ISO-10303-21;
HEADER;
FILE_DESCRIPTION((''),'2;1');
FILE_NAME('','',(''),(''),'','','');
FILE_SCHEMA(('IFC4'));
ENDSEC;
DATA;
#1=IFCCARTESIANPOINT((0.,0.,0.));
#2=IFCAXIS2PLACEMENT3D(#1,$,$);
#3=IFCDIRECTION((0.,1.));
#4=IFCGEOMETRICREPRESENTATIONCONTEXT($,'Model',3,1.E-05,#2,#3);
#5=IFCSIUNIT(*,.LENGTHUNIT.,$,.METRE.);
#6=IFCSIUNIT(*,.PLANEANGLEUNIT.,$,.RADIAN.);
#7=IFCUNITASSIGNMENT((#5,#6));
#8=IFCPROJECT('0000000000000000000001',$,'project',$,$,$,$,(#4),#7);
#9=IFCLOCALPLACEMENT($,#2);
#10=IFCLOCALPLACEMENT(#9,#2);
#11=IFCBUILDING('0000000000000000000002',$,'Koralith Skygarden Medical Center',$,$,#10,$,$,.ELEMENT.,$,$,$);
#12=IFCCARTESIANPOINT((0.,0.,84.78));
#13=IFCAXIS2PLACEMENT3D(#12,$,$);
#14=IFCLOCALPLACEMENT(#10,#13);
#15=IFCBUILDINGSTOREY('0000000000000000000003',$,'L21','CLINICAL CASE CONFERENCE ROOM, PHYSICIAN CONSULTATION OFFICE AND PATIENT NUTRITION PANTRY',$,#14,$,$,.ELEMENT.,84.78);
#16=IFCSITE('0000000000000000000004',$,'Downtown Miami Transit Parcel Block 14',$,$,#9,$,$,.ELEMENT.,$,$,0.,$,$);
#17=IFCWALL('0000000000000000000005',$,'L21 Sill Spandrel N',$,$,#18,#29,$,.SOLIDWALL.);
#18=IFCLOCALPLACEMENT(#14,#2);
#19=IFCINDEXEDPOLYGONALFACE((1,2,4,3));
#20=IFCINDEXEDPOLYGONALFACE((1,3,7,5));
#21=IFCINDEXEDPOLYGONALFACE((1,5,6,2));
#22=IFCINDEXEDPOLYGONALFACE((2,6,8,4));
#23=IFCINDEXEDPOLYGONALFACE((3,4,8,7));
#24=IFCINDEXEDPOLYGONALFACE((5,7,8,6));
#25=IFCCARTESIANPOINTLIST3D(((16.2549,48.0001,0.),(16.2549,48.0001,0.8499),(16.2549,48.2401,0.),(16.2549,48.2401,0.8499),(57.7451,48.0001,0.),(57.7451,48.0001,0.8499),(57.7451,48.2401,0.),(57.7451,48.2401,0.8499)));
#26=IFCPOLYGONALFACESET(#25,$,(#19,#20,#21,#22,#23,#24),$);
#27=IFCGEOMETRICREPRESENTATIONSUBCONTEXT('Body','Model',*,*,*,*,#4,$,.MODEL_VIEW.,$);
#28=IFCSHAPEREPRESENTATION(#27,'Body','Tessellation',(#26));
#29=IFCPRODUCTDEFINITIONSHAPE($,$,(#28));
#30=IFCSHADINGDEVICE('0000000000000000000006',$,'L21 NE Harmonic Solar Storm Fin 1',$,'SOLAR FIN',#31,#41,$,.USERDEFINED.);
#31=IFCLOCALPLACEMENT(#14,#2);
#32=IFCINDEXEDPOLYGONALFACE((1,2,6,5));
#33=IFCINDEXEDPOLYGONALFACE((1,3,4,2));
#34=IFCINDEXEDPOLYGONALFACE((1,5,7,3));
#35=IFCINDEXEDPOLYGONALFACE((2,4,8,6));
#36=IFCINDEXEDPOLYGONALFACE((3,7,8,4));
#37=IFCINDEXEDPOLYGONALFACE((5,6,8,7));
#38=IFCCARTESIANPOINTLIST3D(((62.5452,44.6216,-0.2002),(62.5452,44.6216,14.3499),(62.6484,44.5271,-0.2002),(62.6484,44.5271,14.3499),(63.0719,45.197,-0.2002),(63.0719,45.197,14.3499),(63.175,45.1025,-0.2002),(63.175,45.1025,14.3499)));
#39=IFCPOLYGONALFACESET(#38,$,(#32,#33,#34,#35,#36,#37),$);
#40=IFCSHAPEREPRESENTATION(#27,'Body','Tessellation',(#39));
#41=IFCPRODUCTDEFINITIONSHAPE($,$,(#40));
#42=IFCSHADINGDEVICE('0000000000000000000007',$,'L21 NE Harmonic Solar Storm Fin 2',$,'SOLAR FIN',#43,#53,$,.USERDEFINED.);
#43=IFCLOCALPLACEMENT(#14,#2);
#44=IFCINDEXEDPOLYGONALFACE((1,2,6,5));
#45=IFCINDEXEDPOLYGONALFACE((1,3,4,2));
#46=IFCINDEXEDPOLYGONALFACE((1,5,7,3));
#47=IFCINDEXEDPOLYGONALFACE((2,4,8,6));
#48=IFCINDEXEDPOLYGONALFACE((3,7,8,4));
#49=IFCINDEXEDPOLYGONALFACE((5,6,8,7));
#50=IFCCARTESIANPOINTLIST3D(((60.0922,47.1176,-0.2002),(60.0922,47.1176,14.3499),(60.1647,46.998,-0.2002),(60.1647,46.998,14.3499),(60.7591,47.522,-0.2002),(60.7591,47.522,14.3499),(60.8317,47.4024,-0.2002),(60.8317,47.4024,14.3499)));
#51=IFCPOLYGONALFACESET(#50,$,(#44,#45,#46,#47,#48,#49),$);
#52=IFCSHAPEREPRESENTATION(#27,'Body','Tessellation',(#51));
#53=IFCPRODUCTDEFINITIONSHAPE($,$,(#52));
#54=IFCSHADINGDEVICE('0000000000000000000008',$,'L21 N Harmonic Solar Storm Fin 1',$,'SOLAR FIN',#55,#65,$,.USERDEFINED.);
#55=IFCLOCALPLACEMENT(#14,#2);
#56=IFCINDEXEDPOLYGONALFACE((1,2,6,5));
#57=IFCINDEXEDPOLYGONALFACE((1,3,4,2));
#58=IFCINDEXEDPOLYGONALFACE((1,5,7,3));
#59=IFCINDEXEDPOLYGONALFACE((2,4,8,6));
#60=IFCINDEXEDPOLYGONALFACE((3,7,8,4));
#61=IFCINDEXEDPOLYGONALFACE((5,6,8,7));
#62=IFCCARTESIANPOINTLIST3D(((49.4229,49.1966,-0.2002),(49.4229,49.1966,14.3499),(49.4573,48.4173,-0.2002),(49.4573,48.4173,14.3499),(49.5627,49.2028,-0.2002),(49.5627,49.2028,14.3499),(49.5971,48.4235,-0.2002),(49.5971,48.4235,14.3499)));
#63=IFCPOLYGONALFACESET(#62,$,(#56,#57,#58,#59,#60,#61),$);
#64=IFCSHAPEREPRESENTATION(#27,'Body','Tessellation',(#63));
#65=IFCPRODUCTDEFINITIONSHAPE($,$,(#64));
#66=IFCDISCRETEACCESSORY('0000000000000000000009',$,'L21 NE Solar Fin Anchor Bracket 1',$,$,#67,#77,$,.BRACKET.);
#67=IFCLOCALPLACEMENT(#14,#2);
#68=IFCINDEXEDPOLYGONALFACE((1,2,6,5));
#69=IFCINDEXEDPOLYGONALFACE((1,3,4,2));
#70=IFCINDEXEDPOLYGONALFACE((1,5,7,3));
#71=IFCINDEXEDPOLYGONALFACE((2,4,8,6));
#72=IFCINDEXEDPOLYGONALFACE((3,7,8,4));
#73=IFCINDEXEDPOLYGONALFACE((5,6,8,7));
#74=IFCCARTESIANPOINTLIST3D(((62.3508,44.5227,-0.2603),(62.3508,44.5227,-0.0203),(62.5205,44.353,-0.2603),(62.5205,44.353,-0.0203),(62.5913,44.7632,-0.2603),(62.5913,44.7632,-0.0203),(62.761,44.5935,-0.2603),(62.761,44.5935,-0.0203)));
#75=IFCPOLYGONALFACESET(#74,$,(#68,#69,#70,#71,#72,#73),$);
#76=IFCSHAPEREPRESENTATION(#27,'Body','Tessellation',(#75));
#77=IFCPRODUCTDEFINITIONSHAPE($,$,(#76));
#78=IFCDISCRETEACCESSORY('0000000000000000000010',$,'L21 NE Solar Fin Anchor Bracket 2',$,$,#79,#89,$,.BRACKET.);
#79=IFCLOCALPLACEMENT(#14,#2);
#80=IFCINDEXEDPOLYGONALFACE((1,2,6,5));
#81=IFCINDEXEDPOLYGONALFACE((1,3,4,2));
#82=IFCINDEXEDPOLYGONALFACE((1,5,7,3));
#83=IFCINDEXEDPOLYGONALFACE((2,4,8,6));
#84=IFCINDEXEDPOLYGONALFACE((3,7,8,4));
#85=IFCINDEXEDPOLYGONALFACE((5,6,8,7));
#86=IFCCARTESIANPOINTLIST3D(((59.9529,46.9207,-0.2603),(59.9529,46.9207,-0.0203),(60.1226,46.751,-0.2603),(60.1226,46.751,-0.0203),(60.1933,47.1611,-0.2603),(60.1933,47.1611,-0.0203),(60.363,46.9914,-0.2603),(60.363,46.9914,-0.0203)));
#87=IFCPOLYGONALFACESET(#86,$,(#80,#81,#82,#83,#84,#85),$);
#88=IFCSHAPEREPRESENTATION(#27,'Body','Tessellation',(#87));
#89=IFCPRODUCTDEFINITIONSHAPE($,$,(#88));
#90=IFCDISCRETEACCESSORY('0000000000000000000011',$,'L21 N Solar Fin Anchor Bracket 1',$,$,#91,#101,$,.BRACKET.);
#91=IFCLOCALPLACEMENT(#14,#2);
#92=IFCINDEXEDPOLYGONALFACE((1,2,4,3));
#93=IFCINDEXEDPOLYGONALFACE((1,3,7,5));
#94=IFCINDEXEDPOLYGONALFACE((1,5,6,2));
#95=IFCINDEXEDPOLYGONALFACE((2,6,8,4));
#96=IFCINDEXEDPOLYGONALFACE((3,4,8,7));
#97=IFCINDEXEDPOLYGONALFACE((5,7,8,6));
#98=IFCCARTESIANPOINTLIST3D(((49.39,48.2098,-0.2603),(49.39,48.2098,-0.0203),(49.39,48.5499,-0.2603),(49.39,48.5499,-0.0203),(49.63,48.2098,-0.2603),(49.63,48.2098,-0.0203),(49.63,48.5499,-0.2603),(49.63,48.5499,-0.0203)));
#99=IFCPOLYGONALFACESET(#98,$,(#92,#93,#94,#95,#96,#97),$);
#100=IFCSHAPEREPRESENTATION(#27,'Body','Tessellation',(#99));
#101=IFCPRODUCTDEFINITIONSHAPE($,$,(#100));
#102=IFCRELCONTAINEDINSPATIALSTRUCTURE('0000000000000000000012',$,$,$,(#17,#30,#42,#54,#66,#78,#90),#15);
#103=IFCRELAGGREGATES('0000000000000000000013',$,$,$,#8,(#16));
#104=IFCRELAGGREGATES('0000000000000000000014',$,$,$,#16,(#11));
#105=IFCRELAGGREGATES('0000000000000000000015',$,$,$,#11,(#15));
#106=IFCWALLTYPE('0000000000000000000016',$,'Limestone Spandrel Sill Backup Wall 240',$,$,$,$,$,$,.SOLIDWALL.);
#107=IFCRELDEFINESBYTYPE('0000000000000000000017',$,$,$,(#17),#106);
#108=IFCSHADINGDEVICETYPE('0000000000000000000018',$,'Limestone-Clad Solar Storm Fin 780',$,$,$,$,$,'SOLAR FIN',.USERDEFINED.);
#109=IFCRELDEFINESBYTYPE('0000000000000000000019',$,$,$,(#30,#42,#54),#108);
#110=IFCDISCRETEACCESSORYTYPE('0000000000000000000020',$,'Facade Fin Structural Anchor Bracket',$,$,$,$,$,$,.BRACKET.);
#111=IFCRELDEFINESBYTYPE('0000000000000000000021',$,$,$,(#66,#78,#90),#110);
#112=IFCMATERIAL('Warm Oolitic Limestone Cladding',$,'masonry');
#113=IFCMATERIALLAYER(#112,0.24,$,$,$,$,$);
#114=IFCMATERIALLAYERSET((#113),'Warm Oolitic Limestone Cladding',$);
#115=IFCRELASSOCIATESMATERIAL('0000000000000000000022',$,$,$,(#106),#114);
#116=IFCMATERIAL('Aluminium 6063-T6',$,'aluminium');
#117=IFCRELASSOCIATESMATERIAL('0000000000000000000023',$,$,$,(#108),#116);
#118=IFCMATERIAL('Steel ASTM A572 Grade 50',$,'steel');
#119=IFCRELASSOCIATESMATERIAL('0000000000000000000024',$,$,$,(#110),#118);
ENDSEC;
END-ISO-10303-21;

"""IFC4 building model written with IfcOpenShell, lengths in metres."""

from ifc_helpers import new_model, si_unit, direction, frame, frame_2d, origin, origin_2d, place, context, subcontext, project, spatial, rectangle, extrude, material, layer, layer_set, type_object, element, save


model = new_model("IFC4")

# Units and contexts
model_context = context("Model", 3, precision=1e-05, world=origin(), true_north=direction((0.0, 1.0)))
body_context = subcontext(model_context, "Body", "Model", "MODEL_VIEW")
ifc_project = project(units=[si_unit("LENGTHUNIT", "METRE"), si_unit("PLANEANGLEUNIT", "RADIAN")], contexts=[model_context])

# Site, building, storey
site_placement = place(None, origin())
site = spatial("IfcSite", under=ifc_project, at=site_placement, Name="Downtown Miami Transit Parcel Block 14", CompositionType="ELEMENT", RefElevation=0.0)
building_placement = place(site_placement, origin())
building = spatial("IfcBuilding", under=site, at=building_placement, Name="Koralith Skygarden Medical Center", CompositionType="ELEMENT")
storey_placement = place(building_placement, frame((0.0, 0.0, 84.78)))
storey = spatial("IfcBuildingStorey", under=building, at=storey_placement, Name="L21", Description="CLINICAL CASE CONFERENCE ROOM, PHYSICIAN CONSULTATION OFFICE AND PATIENT NUTRITION PANTRY", CompositionType="ELEMENT", Elevation=84.78)

# Shared definitions
ifc_material_1 = material(Name="Aluminium 6063-T6", Category="aluminium")

# Shared definitions
ifc_material_2 = material(Name="Warm Oolitic Limestone Cladding", Category="masonry")

# Wall
ifc_layer_1 = layer(ifc_material_2, 0.24)
ifc_layer_set_1 = layer_set([ifc_layer_1], Name="Warm Oolitic Limestone Cladding")
wall_type = type_object("IfcWallType", Name="Limestone Spandrel Sill Backup Wall 240", PredefinedType="SOLIDWALL", material=ifc_layer_set_1)
wall_placement = place(storey_placement, frame((57.7451, 48.1201, 0.0), z_axis=(0.0, 0.0, 1.0), x_axis=(-1.0, 0.0, 0.0)))
element("IfcWall", 1, at=wall_placement, inside=storey, type_object=wall_type, Name="L21 Sill Spandrel N", PredefinedType="SOLIDWALL", context=body_context, shape_type="SweptSolid", body=[
    extrude(rectangle(XDim=41.4902, YDim=0.24, at=frame_2d((20.7451, 0.0))), origin(), (0.0, 0.0, 1.0), 0.8499),
])

# Shading devices
shading_device_type = type_object("IfcShadingDeviceType", Name="Limestone-Clad Solar Storm Fin 780", ElementType="SOLAR FIN", PredefinedType="USERDEFINED", material=ifc_material_1)
for number, where, z_axis, x_axis, name in (
    (2, (62.8601, 44.8621, -0.2002), (0.0, 0.0, 1.0), (0.675204, 0.737631, 0.0), "L21 NE Harmonic Solar Storm Fin 1"),
    (3, (60.4619, 47.26, -0.2002), (0.0, 0.0, 1.0), (0.855066, 0.51852, 0.0), "L21 NE Harmonic Solar Storm Fin 2"),
    (4, (49.51, 48.8101, -0.2002), (0.0, 0.0, 1.0), (-0.044142, 0.999025, 0.0), "L21 N Harmonic Solar Storm Fin 1"),
):
    element("IfcShadingDevice", number, at=place(storey_placement, frame(where, z_axis=z_axis, x_axis=x_axis)), inside=storey, type_object=shading_device_type, Name=name, ObjectType="SOLAR FIN", PredefinedType="USERDEFINED", context=body_context, shape_type="SweptSolid", body=[
        extrude(rectangle(XDim=0.78, YDim=0.1399, at=origin_2d()), origin(), (0.0, 0.0, 1.0), 14.55),
    ])

# Discrete accessories
ifc_material_3 = material(Name="Steel ASTM A572 Grade 50", Category="steel")
discrete_accessory_type = type_object("IfcDiscreteAccessoryType", Name="Facade Fin Structural Anchor Bracket", PredefinedType="BRACKET", material=ifc_material_3)
for number, where, z_axis, x_axis, name in (
    (5, (62.5559, 44.5581, -0.2603), (0.0, 0.0, 1.0), (0.707107, 0.707107, 0.0), "L21 NE Solar Fin Anchor Bracket 1"),
    (6, (60.158, 46.9561, -0.2603), (0.0, 0.0, 1.0), (0.707107, 0.707107, 0.0), "L21 NE Solar Fin Anchor Bracket 2"),
    (7, (49.51, 48.3799, -0.2603), (0.0, 0.0, 1.0), (0.0, 1.0, 0.0), "L21 N Solar Fin Anchor Bracket 1"),
):
    element("IfcDiscreteAccessory", number, at=place(storey_placement, frame(where, z_axis=z_axis, x_axis=x_axis)), inside=storey, type_object=discrete_accessory_type, Name=name, PredefinedType="BRACKET", context=body_context, shape_type="SweptSolid", body=[
        extrude(rectangle(XDim=0.3401, YDim=0.24, at=origin_2d()), origin(), (0.0, 0.0, 1.0), 0.24),
    ])

save(model, "model.ifc")
